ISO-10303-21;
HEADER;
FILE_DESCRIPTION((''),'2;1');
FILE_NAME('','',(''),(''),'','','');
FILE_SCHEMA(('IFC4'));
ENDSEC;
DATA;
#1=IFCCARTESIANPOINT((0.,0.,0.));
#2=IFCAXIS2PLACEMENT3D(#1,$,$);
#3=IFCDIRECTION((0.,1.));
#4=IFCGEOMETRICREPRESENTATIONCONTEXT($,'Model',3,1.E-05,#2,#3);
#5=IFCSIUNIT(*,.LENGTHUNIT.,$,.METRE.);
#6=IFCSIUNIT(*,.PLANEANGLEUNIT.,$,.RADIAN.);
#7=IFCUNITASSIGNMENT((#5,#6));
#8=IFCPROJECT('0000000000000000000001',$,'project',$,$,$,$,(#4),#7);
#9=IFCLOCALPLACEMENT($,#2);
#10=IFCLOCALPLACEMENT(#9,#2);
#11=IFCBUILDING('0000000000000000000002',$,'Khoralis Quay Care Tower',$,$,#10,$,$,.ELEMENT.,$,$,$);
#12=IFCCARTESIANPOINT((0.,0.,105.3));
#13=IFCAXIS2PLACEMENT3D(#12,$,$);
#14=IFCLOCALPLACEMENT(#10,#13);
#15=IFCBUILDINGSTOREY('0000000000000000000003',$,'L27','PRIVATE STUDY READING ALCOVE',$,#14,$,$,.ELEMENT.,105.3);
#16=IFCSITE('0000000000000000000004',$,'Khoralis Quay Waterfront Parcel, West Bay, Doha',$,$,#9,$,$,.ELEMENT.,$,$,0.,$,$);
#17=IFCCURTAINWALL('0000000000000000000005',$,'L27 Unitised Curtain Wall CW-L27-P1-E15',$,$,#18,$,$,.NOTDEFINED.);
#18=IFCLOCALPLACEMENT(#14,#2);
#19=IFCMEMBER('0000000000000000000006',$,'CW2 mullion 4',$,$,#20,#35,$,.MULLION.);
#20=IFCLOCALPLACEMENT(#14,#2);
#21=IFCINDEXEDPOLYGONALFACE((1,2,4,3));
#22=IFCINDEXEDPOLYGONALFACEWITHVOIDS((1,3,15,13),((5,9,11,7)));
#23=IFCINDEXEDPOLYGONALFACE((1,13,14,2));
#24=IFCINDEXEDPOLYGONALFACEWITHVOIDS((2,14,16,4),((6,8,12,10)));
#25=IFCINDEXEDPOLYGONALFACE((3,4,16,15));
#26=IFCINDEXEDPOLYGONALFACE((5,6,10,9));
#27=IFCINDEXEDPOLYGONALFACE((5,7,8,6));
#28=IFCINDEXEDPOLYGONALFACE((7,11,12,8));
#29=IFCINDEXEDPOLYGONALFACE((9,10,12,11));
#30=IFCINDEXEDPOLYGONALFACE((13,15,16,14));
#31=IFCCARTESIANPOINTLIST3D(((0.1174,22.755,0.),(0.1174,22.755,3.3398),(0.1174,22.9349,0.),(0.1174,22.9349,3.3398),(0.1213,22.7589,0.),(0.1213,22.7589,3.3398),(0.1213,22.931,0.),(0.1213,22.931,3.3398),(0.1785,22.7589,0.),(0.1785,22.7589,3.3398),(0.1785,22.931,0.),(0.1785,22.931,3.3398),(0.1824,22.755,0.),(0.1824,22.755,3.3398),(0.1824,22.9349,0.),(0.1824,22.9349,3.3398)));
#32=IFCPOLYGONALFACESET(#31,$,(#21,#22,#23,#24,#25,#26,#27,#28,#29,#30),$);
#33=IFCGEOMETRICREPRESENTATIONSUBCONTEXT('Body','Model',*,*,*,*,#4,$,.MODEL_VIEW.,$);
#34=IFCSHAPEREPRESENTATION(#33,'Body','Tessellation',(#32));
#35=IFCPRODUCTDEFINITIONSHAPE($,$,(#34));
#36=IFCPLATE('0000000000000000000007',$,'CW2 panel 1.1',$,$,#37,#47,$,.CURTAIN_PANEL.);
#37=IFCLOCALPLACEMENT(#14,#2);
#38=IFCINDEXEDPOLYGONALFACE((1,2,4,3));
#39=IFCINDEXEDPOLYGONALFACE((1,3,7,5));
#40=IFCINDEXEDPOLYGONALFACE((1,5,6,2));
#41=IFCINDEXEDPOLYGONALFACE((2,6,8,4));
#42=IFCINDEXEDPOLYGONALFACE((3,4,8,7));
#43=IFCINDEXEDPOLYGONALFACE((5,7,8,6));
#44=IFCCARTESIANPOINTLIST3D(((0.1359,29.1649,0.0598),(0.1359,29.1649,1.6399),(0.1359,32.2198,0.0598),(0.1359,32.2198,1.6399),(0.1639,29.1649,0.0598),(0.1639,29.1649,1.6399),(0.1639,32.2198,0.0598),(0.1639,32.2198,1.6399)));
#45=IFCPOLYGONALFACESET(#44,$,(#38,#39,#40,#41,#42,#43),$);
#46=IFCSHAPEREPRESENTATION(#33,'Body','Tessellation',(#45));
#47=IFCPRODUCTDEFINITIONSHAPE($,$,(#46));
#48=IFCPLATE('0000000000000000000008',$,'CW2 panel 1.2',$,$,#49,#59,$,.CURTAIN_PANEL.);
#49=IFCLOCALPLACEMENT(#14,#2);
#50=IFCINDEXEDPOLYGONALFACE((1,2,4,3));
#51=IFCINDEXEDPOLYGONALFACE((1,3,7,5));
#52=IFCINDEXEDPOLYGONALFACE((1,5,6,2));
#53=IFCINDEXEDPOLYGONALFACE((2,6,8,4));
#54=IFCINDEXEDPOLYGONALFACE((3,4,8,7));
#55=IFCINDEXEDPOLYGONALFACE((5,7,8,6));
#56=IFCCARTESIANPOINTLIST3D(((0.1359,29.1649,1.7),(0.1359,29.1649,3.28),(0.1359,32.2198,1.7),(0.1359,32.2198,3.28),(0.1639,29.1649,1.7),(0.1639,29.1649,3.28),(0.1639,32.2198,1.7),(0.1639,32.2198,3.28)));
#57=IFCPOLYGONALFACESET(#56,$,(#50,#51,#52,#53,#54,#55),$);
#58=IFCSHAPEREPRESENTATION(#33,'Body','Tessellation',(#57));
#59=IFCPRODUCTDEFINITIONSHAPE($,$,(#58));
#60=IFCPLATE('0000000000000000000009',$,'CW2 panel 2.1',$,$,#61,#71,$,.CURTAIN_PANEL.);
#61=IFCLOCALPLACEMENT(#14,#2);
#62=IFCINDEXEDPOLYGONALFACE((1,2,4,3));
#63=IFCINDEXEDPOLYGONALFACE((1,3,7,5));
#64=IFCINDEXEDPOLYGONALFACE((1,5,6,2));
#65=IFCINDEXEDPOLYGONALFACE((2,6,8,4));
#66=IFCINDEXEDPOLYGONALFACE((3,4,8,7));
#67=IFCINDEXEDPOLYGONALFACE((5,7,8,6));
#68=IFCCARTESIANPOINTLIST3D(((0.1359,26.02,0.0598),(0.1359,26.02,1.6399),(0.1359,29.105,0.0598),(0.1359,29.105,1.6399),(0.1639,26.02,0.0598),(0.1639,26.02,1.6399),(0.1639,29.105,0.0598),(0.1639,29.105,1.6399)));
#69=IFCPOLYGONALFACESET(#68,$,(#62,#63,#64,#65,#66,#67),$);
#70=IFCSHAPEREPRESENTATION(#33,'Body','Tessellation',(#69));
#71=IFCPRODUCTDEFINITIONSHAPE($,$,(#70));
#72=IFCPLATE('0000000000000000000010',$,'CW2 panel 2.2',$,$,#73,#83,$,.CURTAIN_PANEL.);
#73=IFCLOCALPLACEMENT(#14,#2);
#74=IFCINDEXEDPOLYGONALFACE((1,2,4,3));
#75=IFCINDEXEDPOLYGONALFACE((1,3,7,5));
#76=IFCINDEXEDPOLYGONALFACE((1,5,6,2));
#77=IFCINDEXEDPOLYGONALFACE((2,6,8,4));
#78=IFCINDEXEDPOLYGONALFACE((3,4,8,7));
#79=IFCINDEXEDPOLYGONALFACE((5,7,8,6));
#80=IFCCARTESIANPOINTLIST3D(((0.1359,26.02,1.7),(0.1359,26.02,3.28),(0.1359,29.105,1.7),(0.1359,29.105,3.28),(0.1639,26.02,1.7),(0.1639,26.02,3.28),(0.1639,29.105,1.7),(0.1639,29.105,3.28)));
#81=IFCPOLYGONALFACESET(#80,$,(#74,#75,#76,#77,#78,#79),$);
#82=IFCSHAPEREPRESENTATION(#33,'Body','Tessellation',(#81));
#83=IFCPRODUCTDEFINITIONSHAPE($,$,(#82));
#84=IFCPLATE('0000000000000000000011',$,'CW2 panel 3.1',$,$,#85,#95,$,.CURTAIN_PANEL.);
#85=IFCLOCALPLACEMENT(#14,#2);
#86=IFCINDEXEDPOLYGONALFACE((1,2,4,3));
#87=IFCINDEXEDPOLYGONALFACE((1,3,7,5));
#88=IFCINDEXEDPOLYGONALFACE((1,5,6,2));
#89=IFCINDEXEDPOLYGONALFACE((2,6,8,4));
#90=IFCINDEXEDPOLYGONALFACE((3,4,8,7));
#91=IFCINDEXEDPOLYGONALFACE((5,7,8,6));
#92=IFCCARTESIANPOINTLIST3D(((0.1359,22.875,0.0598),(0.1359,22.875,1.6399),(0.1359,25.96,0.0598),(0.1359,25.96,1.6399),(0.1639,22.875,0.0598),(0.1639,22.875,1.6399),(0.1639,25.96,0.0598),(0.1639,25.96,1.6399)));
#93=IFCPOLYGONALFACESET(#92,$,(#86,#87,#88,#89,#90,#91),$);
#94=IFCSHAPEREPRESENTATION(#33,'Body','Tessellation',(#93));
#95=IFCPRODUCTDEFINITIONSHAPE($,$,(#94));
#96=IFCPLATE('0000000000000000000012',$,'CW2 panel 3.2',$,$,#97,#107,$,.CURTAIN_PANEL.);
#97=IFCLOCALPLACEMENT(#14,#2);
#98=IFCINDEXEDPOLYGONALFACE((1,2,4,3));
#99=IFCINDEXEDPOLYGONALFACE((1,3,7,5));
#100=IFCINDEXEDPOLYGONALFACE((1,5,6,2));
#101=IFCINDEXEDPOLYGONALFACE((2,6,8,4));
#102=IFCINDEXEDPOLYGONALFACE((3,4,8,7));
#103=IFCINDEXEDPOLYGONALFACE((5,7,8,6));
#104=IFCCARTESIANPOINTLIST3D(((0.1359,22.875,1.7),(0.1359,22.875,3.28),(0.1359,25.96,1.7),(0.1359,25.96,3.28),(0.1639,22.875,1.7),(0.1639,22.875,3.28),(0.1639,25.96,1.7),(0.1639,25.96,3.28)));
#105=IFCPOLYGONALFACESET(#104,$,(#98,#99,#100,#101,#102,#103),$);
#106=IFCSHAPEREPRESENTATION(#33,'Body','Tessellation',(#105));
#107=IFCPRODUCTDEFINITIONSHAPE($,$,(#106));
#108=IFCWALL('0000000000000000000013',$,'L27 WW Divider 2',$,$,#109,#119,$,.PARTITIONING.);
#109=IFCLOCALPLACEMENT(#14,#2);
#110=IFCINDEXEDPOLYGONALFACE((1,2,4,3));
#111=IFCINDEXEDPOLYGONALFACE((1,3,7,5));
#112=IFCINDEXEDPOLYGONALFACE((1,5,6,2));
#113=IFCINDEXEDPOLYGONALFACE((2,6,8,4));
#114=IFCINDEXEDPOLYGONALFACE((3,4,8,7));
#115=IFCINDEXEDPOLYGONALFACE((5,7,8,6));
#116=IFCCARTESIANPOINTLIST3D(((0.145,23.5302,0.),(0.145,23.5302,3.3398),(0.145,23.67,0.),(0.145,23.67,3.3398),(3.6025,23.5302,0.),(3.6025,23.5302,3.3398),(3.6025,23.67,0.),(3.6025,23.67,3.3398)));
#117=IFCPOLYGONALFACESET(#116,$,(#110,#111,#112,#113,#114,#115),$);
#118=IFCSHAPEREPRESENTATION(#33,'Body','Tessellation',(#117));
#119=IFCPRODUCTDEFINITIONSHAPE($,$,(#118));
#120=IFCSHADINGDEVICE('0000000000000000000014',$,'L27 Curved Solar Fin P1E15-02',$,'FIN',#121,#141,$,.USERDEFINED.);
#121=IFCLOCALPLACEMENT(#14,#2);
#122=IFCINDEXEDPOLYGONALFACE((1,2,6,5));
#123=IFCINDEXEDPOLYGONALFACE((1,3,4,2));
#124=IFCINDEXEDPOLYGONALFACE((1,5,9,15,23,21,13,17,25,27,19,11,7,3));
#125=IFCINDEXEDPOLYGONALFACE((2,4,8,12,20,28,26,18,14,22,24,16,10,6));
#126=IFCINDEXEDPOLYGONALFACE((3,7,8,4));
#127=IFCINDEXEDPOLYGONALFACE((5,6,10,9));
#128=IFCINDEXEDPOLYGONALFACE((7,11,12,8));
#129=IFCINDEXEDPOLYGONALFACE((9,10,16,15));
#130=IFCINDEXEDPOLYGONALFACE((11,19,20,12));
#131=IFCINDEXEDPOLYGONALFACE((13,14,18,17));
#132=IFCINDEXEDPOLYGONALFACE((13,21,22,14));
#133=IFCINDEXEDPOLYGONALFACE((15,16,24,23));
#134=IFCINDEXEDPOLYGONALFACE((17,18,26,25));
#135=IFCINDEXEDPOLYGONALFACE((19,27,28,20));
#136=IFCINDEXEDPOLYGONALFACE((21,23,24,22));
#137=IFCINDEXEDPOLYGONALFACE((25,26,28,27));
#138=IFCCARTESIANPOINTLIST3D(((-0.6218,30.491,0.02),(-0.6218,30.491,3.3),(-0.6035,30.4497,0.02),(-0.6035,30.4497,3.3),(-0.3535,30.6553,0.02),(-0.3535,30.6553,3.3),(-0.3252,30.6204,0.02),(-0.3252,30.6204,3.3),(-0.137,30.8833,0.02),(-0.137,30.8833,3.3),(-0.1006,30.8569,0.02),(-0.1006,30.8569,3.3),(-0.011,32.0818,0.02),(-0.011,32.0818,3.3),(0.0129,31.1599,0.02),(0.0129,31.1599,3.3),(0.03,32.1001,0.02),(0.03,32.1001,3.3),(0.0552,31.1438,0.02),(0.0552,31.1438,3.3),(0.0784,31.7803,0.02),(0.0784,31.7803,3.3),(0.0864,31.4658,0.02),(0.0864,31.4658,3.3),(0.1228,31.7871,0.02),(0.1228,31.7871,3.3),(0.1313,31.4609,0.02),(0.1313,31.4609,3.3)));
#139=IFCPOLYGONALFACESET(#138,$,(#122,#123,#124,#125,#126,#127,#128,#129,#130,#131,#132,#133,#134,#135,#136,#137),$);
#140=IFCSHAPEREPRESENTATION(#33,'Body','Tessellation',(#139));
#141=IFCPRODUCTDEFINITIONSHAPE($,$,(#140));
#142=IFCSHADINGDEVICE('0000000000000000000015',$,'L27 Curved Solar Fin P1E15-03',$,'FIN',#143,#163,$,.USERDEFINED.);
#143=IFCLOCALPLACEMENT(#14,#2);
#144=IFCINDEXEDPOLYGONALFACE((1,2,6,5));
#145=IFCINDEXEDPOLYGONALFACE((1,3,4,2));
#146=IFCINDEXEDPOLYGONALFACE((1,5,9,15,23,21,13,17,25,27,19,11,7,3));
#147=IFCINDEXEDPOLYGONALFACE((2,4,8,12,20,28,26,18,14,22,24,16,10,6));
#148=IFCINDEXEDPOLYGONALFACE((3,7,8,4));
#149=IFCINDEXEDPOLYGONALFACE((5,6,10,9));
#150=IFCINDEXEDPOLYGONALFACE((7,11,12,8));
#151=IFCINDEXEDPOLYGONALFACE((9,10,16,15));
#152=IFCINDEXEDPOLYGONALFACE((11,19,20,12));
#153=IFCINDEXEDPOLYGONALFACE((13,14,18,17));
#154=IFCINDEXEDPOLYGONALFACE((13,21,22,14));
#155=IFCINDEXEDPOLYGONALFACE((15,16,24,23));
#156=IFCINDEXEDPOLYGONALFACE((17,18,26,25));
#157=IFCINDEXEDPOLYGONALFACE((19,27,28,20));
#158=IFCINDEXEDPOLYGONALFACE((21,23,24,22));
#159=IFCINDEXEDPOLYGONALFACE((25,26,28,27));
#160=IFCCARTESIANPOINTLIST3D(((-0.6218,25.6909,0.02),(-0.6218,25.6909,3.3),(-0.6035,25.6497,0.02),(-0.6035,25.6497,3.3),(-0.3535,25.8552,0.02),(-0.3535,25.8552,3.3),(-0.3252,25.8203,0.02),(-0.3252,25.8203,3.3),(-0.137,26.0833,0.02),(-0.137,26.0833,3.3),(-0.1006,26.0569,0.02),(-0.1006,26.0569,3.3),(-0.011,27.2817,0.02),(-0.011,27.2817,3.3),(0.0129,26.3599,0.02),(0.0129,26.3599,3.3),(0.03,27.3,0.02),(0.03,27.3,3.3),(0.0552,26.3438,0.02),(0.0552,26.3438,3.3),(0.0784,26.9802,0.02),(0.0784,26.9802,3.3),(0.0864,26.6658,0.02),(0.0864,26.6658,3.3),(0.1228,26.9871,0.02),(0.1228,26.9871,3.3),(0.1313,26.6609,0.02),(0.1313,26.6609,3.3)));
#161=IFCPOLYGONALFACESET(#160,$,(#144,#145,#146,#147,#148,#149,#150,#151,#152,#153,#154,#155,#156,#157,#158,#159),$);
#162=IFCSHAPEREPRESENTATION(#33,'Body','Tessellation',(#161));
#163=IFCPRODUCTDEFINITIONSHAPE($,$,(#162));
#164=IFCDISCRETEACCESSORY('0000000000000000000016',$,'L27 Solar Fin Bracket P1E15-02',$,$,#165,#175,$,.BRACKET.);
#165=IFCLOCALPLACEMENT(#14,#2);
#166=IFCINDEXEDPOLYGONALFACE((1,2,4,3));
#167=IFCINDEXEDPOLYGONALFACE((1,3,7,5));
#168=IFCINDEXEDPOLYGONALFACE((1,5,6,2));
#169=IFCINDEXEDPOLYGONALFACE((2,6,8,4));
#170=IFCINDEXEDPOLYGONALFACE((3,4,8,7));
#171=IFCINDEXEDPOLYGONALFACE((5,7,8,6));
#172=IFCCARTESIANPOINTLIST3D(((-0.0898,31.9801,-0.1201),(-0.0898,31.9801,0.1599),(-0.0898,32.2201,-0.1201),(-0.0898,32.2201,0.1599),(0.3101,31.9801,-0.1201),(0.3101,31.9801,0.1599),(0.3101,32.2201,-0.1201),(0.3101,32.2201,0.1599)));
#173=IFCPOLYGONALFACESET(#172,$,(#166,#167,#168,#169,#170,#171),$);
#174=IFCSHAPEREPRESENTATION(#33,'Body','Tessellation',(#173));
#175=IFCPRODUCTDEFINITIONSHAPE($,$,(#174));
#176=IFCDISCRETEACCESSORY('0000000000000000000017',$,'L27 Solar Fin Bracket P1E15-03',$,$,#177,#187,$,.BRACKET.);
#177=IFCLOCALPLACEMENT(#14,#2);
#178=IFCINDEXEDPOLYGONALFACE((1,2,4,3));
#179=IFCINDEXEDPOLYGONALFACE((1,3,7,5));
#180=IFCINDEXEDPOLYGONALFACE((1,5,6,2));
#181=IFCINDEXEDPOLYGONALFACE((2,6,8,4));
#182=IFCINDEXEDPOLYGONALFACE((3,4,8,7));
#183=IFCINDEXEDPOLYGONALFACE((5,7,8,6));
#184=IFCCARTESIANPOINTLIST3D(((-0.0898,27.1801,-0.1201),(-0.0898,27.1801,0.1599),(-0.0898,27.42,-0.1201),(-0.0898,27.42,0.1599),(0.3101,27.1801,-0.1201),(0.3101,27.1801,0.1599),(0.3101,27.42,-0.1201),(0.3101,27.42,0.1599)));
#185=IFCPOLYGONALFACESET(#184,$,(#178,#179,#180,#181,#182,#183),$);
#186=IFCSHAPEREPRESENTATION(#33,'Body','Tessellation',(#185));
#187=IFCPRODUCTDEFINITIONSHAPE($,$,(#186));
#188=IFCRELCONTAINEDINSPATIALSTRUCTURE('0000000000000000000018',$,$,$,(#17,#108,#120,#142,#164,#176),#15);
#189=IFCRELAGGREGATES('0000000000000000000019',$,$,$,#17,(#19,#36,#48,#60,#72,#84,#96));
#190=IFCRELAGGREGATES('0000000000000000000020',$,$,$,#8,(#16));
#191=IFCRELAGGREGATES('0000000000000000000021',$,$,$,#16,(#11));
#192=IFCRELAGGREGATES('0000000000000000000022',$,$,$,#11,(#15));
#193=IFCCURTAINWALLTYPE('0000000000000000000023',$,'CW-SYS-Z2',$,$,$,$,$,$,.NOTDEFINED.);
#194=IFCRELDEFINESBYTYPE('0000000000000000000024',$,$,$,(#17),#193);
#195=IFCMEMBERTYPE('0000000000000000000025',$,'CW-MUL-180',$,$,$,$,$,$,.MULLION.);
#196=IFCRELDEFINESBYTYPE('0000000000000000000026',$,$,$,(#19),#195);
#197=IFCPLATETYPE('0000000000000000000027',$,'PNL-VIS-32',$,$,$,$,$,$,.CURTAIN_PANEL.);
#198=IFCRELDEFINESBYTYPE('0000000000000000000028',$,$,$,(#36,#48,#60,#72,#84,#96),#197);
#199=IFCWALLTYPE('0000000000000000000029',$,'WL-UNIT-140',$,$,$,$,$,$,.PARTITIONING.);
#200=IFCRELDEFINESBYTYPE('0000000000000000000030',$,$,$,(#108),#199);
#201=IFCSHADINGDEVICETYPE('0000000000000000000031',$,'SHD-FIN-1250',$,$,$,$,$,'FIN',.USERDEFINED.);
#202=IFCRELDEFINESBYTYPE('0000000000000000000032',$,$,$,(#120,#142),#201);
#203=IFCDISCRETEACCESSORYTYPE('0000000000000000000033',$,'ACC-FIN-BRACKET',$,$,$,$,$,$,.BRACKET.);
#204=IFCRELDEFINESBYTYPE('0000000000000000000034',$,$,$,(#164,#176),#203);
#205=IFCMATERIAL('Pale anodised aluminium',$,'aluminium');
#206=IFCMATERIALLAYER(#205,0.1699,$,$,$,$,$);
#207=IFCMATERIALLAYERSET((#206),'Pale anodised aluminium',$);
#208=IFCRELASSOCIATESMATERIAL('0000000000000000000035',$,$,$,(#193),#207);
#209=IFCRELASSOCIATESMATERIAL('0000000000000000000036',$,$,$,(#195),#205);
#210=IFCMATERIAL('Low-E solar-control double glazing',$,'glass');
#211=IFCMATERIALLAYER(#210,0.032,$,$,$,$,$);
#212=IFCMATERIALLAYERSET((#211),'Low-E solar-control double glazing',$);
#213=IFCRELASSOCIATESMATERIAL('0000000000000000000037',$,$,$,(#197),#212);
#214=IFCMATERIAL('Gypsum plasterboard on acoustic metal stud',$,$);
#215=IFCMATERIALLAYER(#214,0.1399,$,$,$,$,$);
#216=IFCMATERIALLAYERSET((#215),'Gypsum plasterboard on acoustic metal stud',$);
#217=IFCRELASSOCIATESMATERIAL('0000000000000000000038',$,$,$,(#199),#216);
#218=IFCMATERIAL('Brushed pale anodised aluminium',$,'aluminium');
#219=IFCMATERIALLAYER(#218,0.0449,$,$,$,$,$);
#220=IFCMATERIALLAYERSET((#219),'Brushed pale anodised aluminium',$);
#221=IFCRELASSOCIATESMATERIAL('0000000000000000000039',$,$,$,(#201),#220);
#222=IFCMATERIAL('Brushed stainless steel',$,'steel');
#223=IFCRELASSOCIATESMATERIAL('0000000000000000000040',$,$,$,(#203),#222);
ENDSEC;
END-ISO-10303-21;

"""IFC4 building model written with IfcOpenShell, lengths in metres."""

from ifc_helpers import new_model, si_unit, direction, frame, frame_2d, origin, origin_2d, place, context, subcontext, project, spatial, polyline, rectangle, hollow_rectangle, outline, extrude, source, transform, mapped, material, layer, layer_set, material_profile, profile_set, type_object, element, aggregate, save


model = new_model("IFC4")

# Units and contexts
model_context = context("Model", 3, precision=1e-05, world=origin(), true_north=direction((0.0, 1.0)))
body_context = subcontext(model_context, "Body", "Model", "MODEL_VIEW")
ifc_project = project(units=[si_unit("LENGTHUNIT", "METRE"), si_unit("PLANEANGLEUNIT", "RADIAN")], contexts=[model_context])

# Site, building, storey
site_placement = place(None, origin())
site = spatial("IfcSite", under=ifc_project, at=site_placement, Name="Khoralis Quay Waterfront Parcel, West Bay, Doha", CompositionType="ELEMENT", RefElevation=0.0)
building_placement = place(site_placement, origin())
building = spatial("IfcBuilding", under=site, at=building_placement, Name="Khoralis Quay Care Tower", CompositionType="ELEMENT")
storey_placement = place(building_placement, frame((0.0, 0.0, 105.3)))
storey = spatial("IfcBuildingStorey", under=building, at=storey_placement, Name="L27", Description="PRIVATE STUDY READING ALCOVE", CompositionType="ELEMENT", Elevation=105.3)

# Curtain wall, member, plates
ifc_material_1 = material(Name="Pale anodised aluminium", Category="aluminium")
ifc_layer_1 = layer(ifc_material_1, 0.1699)
ifc_layer_set_1 = layer_set([ifc_layer_1], Name="Pale anodised aluminium")
curtain_wall_type = type_object("IfcCurtainWallType", Name="CW-SYS-Z2", PredefinedType="NOTDEFINED", material=ifc_layer_set_1)
curtain_wall_placement = place(storey_placement, origin())
curtain_wall = element("IfcCurtainWall", 1, at=curtain_wall_placement, inside=storey, type_object=curtain_wall_type, Name="L27 Unitised Curtain Wall CW-L27-P1-E15", PredefinedType="NOTDEFINED")
ifc_material_profile_1 = material_profile(ifc_material_1, hollow_rectangle(XDim=0.0649, YDim=0.1799, WallThickness=0.0039, at=origin_2d()), Name="Pale anodised aluminium")
ifc_profile_set_1 = profile_set([ifc_material_profile_1], Name="Pale anodised aluminium")
member_type_1 = type_object("IfcMemberType", Name="CW-MUL-180", PredefinedType="MULLION", material=ifc_profile_set_1)
shared_shape_1 = source(origin(), body_context, "Body", "SweptSolid", [
    extrude(hollow_rectangle(XDim=0.0649, YDim=0.1799, WallThickness=0.0039, at=origin_2d()), origin(), (0.0, 0.0, 1.0), 3.3398),
])
member_1_placement = place(storey_placement, frame((0.1499, 22.845, 0.0), z_axis=(0.0, 0.0, 1.0), x_axis=(1.0, 0.0, 0.0)))
member_1 = element("IfcMember", 2, at=member_1_placement, type_object=member_type_1, Name="CW2 mullion 4", PredefinedType="MULLION", context=body_context, shape_type="MappedRepresentation", body=[
    mapped(shared_shape_1, transform((0.0, 0.0, 0.0), scale=1.0)),
])
ifc_material_2 = material(Name="Low-E solar-control double glazing", Category="glass")
ifc_layer_2 = layer(ifc_material_2, 0.032)
ifc_layer_set_2 = layer_set([ifc_layer_2], Name="Low-E solar-control double glazing")
plate_type = type_object("IfcPlateType", Name="PNL-VIS-32", PredefinedType="CURTAIN_PANEL", material=ifc_layer_set_2)
shared_shape_2 = source(origin(), body_context, "Body", "SweptSolid", [
    extrude(rectangle(XDim=3.0549, YDim=0.0281, at=origin_2d()), origin(), (0.0, 0.0, 1.0), 1.5801),
])
plate_1_placement = place(storey_placement, frame((0.1499, 30.6924, 0.0598), z_axis=(0.0, 0.0, 1.0), x_axis=(0.0, -1.0, 0.0)))
plate_1 = element("IfcPlate", 3, at=plate_1_placement, type_object=plate_type, Name="CW2 panel 1.1", PredefinedType="CURTAIN_PANEL", context=body_context, shape_type="MappedRepresentation", body=[
    mapped(shared_shape_2, transform((0.0, 0.0, 0.0), scale=1.0)),
])
plate_2_placement = place(storey_placement, frame((0.1499, 30.6924, 1.7), z_axis=(0.0, 0.0, 1.0), x_axis=(0.0, -1.0, 0.0)))
plate_2 = element("IfcPlate", 4, at=plate_2_placement, type_object=plate_type, Name="CW2 panel 1.2", PredefinedType="CURTAIN_PANEL", context=body_context, shape_type="MappedRepresentation", body=[
    mapped(shared_shape_2, transform((0.0, 0.0, 0.0), scale=1.0)),
])
shared_shape_3 = source(origin(), body_context, "Body", "SweptSolid", [
    extrude(rectangle(XDim=3.085, YDim=0.0281, at=origin_2d()), origin(), (0.0, 0.0, 1.0), 1.5801),
])
plate_3_placement = place(storey_placement, frame((0.1499, 27.5625, 0.0598), z_axis=(0.0, 0.0, 1.0), x_axis=(0.0, -1.0, 0.0)))
plate_3 = element("IfcPlate", 5, at=plate_3_placement, type_object=plate_type, Name="CW2 panel 2.1", PredefinedType="CURTAIN_PANEL", context=body_context, shape_type="MappedRepresentation", body=[
    mapped(shared_shape_3, transform((0.0, 0.0, 0.0), scale=1.0)),
])
plate_4_placement = place(storey_placement, frame((0.1499, 27.5625, 1.7), z_axis=(0.0, 0.0, 1.0), x_axis=(0.0, -1.0, 0.0)))
plate_4 = element("IfcPlate", 6, at=plate_4_placement, type_object=plate_type, Name="CW2 panel 2.2", PredefinedType="CURTAIN_PANEL", context=body_context, shape_type="MappedRepresentation", body=[
    mapped(shared_shape_3, transform((0.0, 0.0, 0.0), scale=1.0)),
])
plate_5_placement = place(storey_placement, frame((0.1499, 24.4175, 0.0598), z_axis=(0.0, 0.0, 1.0), x_axis=(0.0, -1.0, 0.0)))
plate_5 = element("IfcPlate", 7, at=plate_5_placement, type_object=plate_type, Name="CW2 panel 3.1", PredefinedType="CURTAIN_PANEL", context=body_context, shape_type="MappedRepresentation", body=[
    mapped(shared_shape_3, transform((0.0, 0.0, 0.0), scale=1.0)),
])
plate_6_placement = place(storey_placement, frame((0.1499, 24.4175, 1.7), z_axis=(0.0, 0.0, 1.0), x_axis=(0.0, -1.0, 0.0)))
plate_6 = element("IfcPlate", 8, at=plate_6_placement, type_object=plate_type, Name="CW2 panel 3.2", PredefinedType="CURTAIN_PANEL", context=body_context, shape_type="MappedRepresentation", body=[
    mapped(shared_shape_3, transform((0.0, 0.0, 0.0), scale=1.0)),
])
aggregate(curtain_wall, [member_1, plate_1, plate_2, plate_3, plate_4, plate_5, plate_6])

# Wall
ifc_material_3 = material(Name="Gypsum plasterboard on acoustic metal stud")
ifc_layer_3 = layer(ifc_material_3, 0.1399)
ifc_layer_set_3 = layer_set([ifc_layer_3], Name="Gypsum plasterboard on acoustic metal stud")
wall_type = type_object("IfcWallType", Name="WL-UNIT-140", PredefinedType="PARTITIONING", material=ifc_layer_set_3)
wall_placement = place(storey_placement, frame((0.145, 23.6001, 0.0), z_axis=(0.0, 0.0, 1.0), x_axis=(1.0, 0.0, 0.0)))
element("IfcWall", 9, at=wall_placement, inside=storey, type_object=wall_type, Name="L27 WW Divider 2", PredefinedType="PARTITIONING", context=body_context, shape_type="SweptSolid", body=[
    extrude(rectangle(XDim=3.4575, YDim=0.1399, at=frame_2d((1.7288, 0.0))), origin(), (0.0, 0.0, 1.0), 3.3398),
])

# Shading devices
ifc_material_4 = material(Name="Brushed pale anodised aluminium", Category="aluminium")
ifc_layer_4 = layer(ifc_material_4, 0.0449)
ifc_layer_set_4 = layer_set([ifc_layer_4], Name="Brushed pale anodised aluminium")
shading_device_type = type_object("IfcShadingDeviceType", Name="SHD-FIN-1250", ElementType="FIN", PredefinedType="USERDEFINED", material=ifc_layer_set_4)
shared_shape_4 = source(origin(), body_context, "Body", "SweptSolid", [
    extrude(outline(polyline([(0.0, 0.0), (-0.0928, 0.313), (-0.1013, 0.6392), (-0.0251, 0.9563), (0.1306, 1.2432), (0.3552, 1.4797), (0.6335, 1.6504), (0.6519, 1.6091), (0.3835, 1.4448), (0.167, 1.2168), (0.0171, 0.9402), (-0.0564, 0.6343), (-0.0483, 0.3198), (0.041, 0.0183), (0.0, 0.0)])), origin(), (0.0, 0.0, 1.0), 3.28),
])
for number, where, z_axis, x_axis, name in (
    (10, (0.03, 32.1001, 0.02), (0.0, 0.0, 1.0), (-1.0, 0.0, 0.0), "L27 Curved Solar Fin P1E15-02"),
    (11, (0.03, 27.3, 0.02), (0.0, 0.0, 1.0), (-1.0, 0.0, 0.0), "L27 Curved Solar Fin P1E15-03"),
):
    element("IfcShadingDevice", number, at=place(storey_placement, frame(where, z_axis=z_axis, x_axis=x_axis)), inside=storey, type_object=shading_device_type, Name=name, ObjectType="FIN", PredefinedType="USERDEFINED", context=body_context, shape_type="MappedRepresentation", body=[
        mapped(shared_shape_4, transform((0.0, 0.0, 0.0), scale=1.0)),
    ])

# Discrete accessories
ifc_material_5 = material(Name="Brushed stainless steel", Category="steel")
discrete_accessory_type = type_object("IfcDiscreteAccessoryType", Name="ACC-FIN-BRACKET", PredefinedType="BRACKET", material=ifc_material_5)
shared_shape_5 = source(origin(), body_context, "Body", "SweptSolid", [
    extrude(rectangle(XDim=0.3999, YDim=0.24, at=origin_2d()), origin(), (0.0, 0.0, 1.0), 0.28),
])
for number, where, z_axis, x_axis, name in (
    (12, (0.1101, 32.1001, -0.1201), (0.0, 0.0, 1.0), (-1.0, 0.0, 0.0), "L27 Solar Fin Bracket P1E15-02"),
    (13, (0.1101, 27.3, -0.1201), (0.0, 0.0, 1.0), (-1.0, 0.0, 0.0), "L27 Solar Fin Bracket P1E15-03"),
):
    element("IfcDiscreteAccessory", number, at=place(storey_placement, frame(where, z_axis=z_axis, x_axis=x_axis)), inside=storey, type_object=discrete_accessory_type, Name=name, PredefinedType="BRACKET", context=body_context, shape_type="MappedRepresentation", body=[
        mapped(shared_shape_5, transform((0.0, 0.0, 0.0), scale=1.0)),
    ])

save(model, "model.ifc")
